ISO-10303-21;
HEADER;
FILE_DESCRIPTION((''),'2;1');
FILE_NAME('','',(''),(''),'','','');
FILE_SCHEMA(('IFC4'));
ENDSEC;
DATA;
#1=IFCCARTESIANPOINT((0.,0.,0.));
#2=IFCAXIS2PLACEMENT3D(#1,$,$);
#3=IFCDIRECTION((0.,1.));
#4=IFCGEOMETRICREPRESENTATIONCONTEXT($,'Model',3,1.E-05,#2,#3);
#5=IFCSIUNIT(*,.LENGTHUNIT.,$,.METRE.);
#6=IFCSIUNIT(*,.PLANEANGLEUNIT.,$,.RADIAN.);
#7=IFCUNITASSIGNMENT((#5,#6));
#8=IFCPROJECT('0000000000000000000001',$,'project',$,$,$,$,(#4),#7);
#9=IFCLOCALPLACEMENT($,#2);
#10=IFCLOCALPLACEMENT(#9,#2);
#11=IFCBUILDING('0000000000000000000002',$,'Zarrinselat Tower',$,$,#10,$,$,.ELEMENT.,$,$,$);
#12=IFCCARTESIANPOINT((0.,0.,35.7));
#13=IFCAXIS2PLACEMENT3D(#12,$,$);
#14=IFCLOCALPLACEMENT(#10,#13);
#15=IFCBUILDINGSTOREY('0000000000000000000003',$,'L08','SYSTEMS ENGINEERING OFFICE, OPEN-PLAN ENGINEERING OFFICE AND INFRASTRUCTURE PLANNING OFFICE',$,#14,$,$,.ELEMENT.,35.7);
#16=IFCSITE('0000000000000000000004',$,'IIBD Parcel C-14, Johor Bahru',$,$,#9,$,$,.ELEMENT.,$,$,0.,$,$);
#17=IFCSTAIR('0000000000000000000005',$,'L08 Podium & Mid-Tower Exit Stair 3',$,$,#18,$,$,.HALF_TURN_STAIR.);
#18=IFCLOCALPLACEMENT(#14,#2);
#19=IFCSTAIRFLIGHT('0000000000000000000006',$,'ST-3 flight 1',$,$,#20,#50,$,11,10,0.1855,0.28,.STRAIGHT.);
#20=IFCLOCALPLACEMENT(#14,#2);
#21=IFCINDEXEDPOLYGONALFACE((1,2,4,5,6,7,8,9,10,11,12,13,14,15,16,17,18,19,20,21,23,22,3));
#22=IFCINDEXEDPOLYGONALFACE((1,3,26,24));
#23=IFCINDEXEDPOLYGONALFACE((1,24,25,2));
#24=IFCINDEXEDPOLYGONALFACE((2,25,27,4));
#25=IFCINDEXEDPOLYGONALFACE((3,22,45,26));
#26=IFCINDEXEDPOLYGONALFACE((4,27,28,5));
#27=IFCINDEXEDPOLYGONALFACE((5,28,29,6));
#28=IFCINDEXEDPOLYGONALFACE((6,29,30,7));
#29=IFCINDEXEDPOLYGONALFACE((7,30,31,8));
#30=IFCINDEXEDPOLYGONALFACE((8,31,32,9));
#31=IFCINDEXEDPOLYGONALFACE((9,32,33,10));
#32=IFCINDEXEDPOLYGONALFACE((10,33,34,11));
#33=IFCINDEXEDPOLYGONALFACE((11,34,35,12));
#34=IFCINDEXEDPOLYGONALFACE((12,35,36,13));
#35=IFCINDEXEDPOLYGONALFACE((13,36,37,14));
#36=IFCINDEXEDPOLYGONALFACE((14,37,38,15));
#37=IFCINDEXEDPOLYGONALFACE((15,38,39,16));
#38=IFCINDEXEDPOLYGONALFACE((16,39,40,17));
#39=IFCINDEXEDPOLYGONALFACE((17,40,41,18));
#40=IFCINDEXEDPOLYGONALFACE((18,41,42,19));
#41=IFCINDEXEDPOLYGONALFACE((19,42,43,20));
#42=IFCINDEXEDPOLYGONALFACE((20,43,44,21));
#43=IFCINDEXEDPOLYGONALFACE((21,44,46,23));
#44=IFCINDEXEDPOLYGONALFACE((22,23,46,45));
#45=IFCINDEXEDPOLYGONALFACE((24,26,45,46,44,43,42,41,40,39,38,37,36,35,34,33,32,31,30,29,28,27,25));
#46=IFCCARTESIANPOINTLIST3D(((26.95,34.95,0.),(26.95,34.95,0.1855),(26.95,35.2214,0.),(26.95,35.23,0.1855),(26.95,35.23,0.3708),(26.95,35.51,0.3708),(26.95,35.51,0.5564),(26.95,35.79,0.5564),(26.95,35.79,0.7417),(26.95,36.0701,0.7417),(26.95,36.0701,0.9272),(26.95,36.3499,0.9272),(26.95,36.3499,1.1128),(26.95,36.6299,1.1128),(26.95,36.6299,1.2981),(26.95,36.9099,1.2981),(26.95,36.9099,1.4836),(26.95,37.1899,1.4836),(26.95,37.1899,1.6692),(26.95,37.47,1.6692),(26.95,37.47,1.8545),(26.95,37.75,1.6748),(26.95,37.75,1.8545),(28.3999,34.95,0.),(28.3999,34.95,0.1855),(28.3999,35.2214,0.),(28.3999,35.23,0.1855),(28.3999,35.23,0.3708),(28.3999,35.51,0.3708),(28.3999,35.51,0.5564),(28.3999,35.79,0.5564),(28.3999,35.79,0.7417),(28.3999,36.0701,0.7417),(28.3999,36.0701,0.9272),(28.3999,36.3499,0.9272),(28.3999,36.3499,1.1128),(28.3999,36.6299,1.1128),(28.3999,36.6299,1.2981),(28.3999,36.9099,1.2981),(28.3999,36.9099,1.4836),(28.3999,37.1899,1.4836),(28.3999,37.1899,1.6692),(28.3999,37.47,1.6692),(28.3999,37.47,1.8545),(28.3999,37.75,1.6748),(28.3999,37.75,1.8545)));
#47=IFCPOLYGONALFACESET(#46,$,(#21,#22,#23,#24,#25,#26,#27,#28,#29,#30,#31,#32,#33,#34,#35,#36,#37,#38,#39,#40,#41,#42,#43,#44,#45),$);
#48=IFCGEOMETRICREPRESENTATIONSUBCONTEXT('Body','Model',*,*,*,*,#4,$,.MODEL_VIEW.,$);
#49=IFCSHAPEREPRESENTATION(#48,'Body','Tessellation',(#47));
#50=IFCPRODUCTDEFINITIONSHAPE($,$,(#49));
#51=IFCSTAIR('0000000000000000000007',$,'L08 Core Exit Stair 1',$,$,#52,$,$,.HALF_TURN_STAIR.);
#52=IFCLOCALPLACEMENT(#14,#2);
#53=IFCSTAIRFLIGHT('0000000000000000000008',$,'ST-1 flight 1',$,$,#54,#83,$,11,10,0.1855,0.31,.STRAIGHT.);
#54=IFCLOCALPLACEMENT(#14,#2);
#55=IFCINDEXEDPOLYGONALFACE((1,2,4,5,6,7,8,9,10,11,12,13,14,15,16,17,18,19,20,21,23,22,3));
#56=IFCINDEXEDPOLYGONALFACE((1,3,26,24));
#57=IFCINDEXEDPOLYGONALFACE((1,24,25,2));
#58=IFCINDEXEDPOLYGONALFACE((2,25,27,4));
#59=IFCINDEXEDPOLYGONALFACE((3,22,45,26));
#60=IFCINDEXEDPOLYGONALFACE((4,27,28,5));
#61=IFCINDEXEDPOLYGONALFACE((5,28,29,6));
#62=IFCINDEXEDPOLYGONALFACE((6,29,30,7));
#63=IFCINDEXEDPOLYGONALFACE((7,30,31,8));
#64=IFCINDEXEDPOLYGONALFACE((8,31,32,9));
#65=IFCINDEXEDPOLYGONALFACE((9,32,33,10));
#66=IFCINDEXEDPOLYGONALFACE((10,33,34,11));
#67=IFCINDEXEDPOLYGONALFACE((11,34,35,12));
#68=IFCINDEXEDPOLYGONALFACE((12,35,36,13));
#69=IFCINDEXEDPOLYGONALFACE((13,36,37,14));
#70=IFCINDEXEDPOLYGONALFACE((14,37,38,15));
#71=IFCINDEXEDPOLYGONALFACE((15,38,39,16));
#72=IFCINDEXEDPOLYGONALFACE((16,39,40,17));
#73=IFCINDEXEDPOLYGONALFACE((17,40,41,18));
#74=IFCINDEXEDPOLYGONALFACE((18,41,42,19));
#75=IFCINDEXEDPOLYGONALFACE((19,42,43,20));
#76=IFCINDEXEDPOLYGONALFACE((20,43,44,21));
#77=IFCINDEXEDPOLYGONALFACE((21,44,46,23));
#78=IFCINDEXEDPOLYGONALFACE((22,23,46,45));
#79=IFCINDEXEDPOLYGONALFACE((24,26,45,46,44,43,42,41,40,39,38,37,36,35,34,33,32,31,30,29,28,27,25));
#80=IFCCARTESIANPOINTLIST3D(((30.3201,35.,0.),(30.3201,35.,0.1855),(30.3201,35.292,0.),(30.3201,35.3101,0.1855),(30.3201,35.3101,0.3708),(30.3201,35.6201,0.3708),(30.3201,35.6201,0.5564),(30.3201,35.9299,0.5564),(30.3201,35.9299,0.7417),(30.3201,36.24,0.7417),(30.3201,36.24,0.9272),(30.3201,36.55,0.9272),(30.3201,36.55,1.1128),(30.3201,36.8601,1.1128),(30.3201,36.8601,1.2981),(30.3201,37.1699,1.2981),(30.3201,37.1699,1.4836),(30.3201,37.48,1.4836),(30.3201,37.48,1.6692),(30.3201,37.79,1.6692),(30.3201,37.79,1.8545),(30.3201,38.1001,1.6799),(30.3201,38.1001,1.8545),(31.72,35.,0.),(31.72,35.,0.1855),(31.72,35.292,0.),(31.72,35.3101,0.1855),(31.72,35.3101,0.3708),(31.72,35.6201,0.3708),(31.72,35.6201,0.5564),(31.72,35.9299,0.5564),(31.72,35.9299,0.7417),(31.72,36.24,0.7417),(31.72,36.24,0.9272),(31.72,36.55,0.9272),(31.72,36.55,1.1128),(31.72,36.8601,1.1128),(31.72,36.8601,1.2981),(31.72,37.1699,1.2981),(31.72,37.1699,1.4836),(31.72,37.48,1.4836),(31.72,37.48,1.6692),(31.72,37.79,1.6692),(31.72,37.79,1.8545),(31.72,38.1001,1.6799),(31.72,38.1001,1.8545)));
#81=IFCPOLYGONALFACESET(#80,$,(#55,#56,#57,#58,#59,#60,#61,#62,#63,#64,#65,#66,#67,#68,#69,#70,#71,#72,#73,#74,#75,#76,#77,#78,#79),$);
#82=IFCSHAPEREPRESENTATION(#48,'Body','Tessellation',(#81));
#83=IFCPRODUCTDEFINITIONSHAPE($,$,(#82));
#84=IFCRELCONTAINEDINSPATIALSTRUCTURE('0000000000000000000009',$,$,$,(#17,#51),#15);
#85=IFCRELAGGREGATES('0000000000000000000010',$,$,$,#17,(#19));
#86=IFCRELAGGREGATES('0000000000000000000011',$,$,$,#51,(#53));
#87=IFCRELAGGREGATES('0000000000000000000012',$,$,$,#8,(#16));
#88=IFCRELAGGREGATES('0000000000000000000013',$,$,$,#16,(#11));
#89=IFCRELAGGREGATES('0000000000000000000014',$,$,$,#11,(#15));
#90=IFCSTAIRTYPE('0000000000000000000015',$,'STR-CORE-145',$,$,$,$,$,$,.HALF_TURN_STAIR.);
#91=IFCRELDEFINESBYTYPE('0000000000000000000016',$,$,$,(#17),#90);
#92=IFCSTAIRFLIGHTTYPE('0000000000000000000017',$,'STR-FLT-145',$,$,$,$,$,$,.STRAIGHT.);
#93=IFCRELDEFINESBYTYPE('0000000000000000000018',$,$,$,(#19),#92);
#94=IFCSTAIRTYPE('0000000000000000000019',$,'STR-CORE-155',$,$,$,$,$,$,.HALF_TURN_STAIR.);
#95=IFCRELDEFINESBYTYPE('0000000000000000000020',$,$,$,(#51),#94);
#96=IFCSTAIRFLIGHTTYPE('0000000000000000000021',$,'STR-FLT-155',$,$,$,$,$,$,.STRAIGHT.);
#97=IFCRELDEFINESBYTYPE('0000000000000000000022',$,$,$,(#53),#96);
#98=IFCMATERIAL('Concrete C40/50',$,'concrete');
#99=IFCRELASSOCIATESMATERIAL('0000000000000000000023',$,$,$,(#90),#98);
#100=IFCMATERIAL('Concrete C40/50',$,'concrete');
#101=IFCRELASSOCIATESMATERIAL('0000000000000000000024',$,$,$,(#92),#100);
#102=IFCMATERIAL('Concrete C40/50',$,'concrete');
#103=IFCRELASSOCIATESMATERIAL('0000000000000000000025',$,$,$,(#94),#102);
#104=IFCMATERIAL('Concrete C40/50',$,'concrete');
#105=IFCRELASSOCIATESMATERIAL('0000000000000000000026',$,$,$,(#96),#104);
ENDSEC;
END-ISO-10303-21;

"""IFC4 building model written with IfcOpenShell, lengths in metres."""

from ifc_helpers import new_model, si_unit, direction, frame, origin, place, context, subcontext, project, spatial, polyline, outline, extrude, material, type_object, element, aggregate, save


model = new_model("IFC4")

# Units and contexts
model_context = context("Model", 3, precision=1e-05, world=origin(), true_north=direction((0.0, 1.0)))
body_context = subcontext(model_context, "Body", "Model", "MODEL_VIEW")
ifc_project = project(units=[si_unit("LENGTHUNIT", "METRE"), si_unit("PLANEANGLEUNIT", "RADIAN")], contexts=[model_context])

# Site, building, storey
site_placement = place(None, origin())
site = spatial("IfcSite", under=ifc_project, at=site_placement, Name="IIBD Parcel C-14, Johor Bahru", CompositionType="ELEMENT", RefElevation=0.0)
building_placement = place(site_placement, origin())
building = spatial("IfcBuilding", under=site, at=building_placement, Name="Zarrinselat Tower", CompositionType="ELEMENT")
storey_placement = place(building_placement, frame((0.0, 0.0, 35.7)))
storey = spatial("IfcBuildingStorey", under=building, at=storey_placement, Name="L08", Description="SYSTEMS ENGINEERING OFFICE, OPEN-PLAN ENGINEERING OFFICE AND INFRASTRUCTURE PLANNING OFFICE", CompositionType="ELEMENT", Elevation=35.7)

# Stairs, stair flights
ifc_material_1 = material(Name="Concrete C40/50", Category="concrete")
stair_type_1 = type_object("IfcStairType", Name="STR-CORE-145", PredefinedType="HALF_TURN_STAIR", material=ifc_material_1)
stair_1_placement = place(storey_placement, origin())
stair_1 = element("IfcStair", 1, at=stair_1_placement, inside=storey, type_object=stair_type_1, Name="L08 Podium & Mid-Tower Exit Stair 3", PredefinedType="HALF_TURN_STAIR")
ifc_material_2 = material(Name="Concrete C40/50", Category="concrete")
stair_flight_type_1 = type_object("IfcStairFlightType", Name="STR-FLT-145", PredefinedType="STRAIGHT", material=ifc_material_2)
stair_flight_1_placement = place(storey_placement, frame((27.675, 34.95, 0.0), z_axis=(0.0, 0.0, 1.0), x_axis=(0.0, 1.0, 0.0)))
stair_flight_1 = element("IfcStairFlight", 2, at=stair_flight_1_placement, type_object=stair_flight_type_1, Name="ST-3 flight 1", NumberOfRisers=11, NumberOfTreads=10, PredefinedType="STRAIGHT", RiserHeight=0.1855, TreadLength=0.28, context=body_context, shape_type="SweptSolid", body=[
    extrude(outline(polyline([(0.0, 0.0), (0.0, 0.1855), (0.28, 0.1855), (0.28, 0.3708), (0.5601, 0.3708), (0.5601, 0.5564), (0.8401, 0.5564), (0.8401, 0.7417), (1.1201, 0.7417), (1.1201, 0.9272), (1.3999, 0.9272), (1.3999, 1.1128), (1.6799, 1.1128), (1.6799, 1.2981), (1.96, 1.2981), (1.96, 1.4836), (2.24, 1.4836), (2.24, 1.6692), (2.52, 1.6692), (2.52, 1.8545), (2.8, 1.8545), (2.8, 2.04), (2.8, 1.6748), (0.2715, 0.0), (0.0, 0.0)])), frame((0.0, 0.7251, 0.0), z_axis=(0.0, -1.0, 0.0), x_axis=(1.0, 0.0, 0.0)), (0.0, 0.0, 1.0), 1.45),
])
aggregate(stair_1, [stair_flight_1])
ifc_material_3 = material(Name="Concrete C40/50", Category="concrete")
stair_type_2 = type_object("IfcStairType", Name="STR-CORE-155", PredefinedType="HALF_TURN_STAIR", material=ifc_material_3)
stair_2_placement = place(storey_placement, origin())
stair_2 = element("IfcStair", 3, at=stair_2_placement, inside=storey, type_object=stair_type_2, Name="L08 Core Exit Stair 1", PredefinedType="HALF_TURN_STAIR")
ifc_material_4 = material(Name="Concrete C40/50", Category="concrete")
stair_flight_type_2 = type_object("IfcStairFlightType", Name="STR-FLT-155", PredefinedType="STRAIGHT", material=ifc_material_4)
stair_flight_2_placement = place(storey_placement, frame((31.02, 35.0, 0.0), z_axis=(0.0, 0.0, 1.0), x_axis=(0.0, 1.0, 0.0)))
stair_flight_2 = element("IfcStairFlight", 4, at=stair_flight_2_placement, type_object=stair_flight_type_2, Name="ST-1 flight 1", NumberOfRisers=11, NumberOfTreads=10, PredefinedType="STRAIGHT", RiserHeight=0.1855, TreadLength=0.31, context=body_context, shape_type="SweptSolid", body=[
    extrude(outline(polyline([(0.0, 0.0), (0.0, 0.1855), (0.3101, 0.1855), (0.3101, 0.3708), (0.6201, 0.3708), (0.6201, 0.5564), (0.9299, 0.5564), (0.9299, 0.7417), (1.24, 0.7417), (1.24, 0.9272), (1.55, 0.9272), (1.55, 1.1128), (1.8601, 1.1128), (1.8601, 1.2981), (2.1699, 1.2981), (2.1699, 1.4836), (2.48, 1.4836), (2.48, 1.6692), (2.79, 1.6692), (2.79, 1.8545), (3.1001, 1.8545), (3.1001, 2.04), (3.1001, 1.6799), (0.292, 0.0), (0.0, 0.0)])), frame((0.0, 0.7, 0.0), z_axis=(0.0, -1.0, 0.0), x_axis=(1.0, 0.0, 0.0)), (0.0, 0.0, 1.0), 1.3999),
])
aggregate(stair_2, [stair_flight_2])

save(model, "model.ifc")
